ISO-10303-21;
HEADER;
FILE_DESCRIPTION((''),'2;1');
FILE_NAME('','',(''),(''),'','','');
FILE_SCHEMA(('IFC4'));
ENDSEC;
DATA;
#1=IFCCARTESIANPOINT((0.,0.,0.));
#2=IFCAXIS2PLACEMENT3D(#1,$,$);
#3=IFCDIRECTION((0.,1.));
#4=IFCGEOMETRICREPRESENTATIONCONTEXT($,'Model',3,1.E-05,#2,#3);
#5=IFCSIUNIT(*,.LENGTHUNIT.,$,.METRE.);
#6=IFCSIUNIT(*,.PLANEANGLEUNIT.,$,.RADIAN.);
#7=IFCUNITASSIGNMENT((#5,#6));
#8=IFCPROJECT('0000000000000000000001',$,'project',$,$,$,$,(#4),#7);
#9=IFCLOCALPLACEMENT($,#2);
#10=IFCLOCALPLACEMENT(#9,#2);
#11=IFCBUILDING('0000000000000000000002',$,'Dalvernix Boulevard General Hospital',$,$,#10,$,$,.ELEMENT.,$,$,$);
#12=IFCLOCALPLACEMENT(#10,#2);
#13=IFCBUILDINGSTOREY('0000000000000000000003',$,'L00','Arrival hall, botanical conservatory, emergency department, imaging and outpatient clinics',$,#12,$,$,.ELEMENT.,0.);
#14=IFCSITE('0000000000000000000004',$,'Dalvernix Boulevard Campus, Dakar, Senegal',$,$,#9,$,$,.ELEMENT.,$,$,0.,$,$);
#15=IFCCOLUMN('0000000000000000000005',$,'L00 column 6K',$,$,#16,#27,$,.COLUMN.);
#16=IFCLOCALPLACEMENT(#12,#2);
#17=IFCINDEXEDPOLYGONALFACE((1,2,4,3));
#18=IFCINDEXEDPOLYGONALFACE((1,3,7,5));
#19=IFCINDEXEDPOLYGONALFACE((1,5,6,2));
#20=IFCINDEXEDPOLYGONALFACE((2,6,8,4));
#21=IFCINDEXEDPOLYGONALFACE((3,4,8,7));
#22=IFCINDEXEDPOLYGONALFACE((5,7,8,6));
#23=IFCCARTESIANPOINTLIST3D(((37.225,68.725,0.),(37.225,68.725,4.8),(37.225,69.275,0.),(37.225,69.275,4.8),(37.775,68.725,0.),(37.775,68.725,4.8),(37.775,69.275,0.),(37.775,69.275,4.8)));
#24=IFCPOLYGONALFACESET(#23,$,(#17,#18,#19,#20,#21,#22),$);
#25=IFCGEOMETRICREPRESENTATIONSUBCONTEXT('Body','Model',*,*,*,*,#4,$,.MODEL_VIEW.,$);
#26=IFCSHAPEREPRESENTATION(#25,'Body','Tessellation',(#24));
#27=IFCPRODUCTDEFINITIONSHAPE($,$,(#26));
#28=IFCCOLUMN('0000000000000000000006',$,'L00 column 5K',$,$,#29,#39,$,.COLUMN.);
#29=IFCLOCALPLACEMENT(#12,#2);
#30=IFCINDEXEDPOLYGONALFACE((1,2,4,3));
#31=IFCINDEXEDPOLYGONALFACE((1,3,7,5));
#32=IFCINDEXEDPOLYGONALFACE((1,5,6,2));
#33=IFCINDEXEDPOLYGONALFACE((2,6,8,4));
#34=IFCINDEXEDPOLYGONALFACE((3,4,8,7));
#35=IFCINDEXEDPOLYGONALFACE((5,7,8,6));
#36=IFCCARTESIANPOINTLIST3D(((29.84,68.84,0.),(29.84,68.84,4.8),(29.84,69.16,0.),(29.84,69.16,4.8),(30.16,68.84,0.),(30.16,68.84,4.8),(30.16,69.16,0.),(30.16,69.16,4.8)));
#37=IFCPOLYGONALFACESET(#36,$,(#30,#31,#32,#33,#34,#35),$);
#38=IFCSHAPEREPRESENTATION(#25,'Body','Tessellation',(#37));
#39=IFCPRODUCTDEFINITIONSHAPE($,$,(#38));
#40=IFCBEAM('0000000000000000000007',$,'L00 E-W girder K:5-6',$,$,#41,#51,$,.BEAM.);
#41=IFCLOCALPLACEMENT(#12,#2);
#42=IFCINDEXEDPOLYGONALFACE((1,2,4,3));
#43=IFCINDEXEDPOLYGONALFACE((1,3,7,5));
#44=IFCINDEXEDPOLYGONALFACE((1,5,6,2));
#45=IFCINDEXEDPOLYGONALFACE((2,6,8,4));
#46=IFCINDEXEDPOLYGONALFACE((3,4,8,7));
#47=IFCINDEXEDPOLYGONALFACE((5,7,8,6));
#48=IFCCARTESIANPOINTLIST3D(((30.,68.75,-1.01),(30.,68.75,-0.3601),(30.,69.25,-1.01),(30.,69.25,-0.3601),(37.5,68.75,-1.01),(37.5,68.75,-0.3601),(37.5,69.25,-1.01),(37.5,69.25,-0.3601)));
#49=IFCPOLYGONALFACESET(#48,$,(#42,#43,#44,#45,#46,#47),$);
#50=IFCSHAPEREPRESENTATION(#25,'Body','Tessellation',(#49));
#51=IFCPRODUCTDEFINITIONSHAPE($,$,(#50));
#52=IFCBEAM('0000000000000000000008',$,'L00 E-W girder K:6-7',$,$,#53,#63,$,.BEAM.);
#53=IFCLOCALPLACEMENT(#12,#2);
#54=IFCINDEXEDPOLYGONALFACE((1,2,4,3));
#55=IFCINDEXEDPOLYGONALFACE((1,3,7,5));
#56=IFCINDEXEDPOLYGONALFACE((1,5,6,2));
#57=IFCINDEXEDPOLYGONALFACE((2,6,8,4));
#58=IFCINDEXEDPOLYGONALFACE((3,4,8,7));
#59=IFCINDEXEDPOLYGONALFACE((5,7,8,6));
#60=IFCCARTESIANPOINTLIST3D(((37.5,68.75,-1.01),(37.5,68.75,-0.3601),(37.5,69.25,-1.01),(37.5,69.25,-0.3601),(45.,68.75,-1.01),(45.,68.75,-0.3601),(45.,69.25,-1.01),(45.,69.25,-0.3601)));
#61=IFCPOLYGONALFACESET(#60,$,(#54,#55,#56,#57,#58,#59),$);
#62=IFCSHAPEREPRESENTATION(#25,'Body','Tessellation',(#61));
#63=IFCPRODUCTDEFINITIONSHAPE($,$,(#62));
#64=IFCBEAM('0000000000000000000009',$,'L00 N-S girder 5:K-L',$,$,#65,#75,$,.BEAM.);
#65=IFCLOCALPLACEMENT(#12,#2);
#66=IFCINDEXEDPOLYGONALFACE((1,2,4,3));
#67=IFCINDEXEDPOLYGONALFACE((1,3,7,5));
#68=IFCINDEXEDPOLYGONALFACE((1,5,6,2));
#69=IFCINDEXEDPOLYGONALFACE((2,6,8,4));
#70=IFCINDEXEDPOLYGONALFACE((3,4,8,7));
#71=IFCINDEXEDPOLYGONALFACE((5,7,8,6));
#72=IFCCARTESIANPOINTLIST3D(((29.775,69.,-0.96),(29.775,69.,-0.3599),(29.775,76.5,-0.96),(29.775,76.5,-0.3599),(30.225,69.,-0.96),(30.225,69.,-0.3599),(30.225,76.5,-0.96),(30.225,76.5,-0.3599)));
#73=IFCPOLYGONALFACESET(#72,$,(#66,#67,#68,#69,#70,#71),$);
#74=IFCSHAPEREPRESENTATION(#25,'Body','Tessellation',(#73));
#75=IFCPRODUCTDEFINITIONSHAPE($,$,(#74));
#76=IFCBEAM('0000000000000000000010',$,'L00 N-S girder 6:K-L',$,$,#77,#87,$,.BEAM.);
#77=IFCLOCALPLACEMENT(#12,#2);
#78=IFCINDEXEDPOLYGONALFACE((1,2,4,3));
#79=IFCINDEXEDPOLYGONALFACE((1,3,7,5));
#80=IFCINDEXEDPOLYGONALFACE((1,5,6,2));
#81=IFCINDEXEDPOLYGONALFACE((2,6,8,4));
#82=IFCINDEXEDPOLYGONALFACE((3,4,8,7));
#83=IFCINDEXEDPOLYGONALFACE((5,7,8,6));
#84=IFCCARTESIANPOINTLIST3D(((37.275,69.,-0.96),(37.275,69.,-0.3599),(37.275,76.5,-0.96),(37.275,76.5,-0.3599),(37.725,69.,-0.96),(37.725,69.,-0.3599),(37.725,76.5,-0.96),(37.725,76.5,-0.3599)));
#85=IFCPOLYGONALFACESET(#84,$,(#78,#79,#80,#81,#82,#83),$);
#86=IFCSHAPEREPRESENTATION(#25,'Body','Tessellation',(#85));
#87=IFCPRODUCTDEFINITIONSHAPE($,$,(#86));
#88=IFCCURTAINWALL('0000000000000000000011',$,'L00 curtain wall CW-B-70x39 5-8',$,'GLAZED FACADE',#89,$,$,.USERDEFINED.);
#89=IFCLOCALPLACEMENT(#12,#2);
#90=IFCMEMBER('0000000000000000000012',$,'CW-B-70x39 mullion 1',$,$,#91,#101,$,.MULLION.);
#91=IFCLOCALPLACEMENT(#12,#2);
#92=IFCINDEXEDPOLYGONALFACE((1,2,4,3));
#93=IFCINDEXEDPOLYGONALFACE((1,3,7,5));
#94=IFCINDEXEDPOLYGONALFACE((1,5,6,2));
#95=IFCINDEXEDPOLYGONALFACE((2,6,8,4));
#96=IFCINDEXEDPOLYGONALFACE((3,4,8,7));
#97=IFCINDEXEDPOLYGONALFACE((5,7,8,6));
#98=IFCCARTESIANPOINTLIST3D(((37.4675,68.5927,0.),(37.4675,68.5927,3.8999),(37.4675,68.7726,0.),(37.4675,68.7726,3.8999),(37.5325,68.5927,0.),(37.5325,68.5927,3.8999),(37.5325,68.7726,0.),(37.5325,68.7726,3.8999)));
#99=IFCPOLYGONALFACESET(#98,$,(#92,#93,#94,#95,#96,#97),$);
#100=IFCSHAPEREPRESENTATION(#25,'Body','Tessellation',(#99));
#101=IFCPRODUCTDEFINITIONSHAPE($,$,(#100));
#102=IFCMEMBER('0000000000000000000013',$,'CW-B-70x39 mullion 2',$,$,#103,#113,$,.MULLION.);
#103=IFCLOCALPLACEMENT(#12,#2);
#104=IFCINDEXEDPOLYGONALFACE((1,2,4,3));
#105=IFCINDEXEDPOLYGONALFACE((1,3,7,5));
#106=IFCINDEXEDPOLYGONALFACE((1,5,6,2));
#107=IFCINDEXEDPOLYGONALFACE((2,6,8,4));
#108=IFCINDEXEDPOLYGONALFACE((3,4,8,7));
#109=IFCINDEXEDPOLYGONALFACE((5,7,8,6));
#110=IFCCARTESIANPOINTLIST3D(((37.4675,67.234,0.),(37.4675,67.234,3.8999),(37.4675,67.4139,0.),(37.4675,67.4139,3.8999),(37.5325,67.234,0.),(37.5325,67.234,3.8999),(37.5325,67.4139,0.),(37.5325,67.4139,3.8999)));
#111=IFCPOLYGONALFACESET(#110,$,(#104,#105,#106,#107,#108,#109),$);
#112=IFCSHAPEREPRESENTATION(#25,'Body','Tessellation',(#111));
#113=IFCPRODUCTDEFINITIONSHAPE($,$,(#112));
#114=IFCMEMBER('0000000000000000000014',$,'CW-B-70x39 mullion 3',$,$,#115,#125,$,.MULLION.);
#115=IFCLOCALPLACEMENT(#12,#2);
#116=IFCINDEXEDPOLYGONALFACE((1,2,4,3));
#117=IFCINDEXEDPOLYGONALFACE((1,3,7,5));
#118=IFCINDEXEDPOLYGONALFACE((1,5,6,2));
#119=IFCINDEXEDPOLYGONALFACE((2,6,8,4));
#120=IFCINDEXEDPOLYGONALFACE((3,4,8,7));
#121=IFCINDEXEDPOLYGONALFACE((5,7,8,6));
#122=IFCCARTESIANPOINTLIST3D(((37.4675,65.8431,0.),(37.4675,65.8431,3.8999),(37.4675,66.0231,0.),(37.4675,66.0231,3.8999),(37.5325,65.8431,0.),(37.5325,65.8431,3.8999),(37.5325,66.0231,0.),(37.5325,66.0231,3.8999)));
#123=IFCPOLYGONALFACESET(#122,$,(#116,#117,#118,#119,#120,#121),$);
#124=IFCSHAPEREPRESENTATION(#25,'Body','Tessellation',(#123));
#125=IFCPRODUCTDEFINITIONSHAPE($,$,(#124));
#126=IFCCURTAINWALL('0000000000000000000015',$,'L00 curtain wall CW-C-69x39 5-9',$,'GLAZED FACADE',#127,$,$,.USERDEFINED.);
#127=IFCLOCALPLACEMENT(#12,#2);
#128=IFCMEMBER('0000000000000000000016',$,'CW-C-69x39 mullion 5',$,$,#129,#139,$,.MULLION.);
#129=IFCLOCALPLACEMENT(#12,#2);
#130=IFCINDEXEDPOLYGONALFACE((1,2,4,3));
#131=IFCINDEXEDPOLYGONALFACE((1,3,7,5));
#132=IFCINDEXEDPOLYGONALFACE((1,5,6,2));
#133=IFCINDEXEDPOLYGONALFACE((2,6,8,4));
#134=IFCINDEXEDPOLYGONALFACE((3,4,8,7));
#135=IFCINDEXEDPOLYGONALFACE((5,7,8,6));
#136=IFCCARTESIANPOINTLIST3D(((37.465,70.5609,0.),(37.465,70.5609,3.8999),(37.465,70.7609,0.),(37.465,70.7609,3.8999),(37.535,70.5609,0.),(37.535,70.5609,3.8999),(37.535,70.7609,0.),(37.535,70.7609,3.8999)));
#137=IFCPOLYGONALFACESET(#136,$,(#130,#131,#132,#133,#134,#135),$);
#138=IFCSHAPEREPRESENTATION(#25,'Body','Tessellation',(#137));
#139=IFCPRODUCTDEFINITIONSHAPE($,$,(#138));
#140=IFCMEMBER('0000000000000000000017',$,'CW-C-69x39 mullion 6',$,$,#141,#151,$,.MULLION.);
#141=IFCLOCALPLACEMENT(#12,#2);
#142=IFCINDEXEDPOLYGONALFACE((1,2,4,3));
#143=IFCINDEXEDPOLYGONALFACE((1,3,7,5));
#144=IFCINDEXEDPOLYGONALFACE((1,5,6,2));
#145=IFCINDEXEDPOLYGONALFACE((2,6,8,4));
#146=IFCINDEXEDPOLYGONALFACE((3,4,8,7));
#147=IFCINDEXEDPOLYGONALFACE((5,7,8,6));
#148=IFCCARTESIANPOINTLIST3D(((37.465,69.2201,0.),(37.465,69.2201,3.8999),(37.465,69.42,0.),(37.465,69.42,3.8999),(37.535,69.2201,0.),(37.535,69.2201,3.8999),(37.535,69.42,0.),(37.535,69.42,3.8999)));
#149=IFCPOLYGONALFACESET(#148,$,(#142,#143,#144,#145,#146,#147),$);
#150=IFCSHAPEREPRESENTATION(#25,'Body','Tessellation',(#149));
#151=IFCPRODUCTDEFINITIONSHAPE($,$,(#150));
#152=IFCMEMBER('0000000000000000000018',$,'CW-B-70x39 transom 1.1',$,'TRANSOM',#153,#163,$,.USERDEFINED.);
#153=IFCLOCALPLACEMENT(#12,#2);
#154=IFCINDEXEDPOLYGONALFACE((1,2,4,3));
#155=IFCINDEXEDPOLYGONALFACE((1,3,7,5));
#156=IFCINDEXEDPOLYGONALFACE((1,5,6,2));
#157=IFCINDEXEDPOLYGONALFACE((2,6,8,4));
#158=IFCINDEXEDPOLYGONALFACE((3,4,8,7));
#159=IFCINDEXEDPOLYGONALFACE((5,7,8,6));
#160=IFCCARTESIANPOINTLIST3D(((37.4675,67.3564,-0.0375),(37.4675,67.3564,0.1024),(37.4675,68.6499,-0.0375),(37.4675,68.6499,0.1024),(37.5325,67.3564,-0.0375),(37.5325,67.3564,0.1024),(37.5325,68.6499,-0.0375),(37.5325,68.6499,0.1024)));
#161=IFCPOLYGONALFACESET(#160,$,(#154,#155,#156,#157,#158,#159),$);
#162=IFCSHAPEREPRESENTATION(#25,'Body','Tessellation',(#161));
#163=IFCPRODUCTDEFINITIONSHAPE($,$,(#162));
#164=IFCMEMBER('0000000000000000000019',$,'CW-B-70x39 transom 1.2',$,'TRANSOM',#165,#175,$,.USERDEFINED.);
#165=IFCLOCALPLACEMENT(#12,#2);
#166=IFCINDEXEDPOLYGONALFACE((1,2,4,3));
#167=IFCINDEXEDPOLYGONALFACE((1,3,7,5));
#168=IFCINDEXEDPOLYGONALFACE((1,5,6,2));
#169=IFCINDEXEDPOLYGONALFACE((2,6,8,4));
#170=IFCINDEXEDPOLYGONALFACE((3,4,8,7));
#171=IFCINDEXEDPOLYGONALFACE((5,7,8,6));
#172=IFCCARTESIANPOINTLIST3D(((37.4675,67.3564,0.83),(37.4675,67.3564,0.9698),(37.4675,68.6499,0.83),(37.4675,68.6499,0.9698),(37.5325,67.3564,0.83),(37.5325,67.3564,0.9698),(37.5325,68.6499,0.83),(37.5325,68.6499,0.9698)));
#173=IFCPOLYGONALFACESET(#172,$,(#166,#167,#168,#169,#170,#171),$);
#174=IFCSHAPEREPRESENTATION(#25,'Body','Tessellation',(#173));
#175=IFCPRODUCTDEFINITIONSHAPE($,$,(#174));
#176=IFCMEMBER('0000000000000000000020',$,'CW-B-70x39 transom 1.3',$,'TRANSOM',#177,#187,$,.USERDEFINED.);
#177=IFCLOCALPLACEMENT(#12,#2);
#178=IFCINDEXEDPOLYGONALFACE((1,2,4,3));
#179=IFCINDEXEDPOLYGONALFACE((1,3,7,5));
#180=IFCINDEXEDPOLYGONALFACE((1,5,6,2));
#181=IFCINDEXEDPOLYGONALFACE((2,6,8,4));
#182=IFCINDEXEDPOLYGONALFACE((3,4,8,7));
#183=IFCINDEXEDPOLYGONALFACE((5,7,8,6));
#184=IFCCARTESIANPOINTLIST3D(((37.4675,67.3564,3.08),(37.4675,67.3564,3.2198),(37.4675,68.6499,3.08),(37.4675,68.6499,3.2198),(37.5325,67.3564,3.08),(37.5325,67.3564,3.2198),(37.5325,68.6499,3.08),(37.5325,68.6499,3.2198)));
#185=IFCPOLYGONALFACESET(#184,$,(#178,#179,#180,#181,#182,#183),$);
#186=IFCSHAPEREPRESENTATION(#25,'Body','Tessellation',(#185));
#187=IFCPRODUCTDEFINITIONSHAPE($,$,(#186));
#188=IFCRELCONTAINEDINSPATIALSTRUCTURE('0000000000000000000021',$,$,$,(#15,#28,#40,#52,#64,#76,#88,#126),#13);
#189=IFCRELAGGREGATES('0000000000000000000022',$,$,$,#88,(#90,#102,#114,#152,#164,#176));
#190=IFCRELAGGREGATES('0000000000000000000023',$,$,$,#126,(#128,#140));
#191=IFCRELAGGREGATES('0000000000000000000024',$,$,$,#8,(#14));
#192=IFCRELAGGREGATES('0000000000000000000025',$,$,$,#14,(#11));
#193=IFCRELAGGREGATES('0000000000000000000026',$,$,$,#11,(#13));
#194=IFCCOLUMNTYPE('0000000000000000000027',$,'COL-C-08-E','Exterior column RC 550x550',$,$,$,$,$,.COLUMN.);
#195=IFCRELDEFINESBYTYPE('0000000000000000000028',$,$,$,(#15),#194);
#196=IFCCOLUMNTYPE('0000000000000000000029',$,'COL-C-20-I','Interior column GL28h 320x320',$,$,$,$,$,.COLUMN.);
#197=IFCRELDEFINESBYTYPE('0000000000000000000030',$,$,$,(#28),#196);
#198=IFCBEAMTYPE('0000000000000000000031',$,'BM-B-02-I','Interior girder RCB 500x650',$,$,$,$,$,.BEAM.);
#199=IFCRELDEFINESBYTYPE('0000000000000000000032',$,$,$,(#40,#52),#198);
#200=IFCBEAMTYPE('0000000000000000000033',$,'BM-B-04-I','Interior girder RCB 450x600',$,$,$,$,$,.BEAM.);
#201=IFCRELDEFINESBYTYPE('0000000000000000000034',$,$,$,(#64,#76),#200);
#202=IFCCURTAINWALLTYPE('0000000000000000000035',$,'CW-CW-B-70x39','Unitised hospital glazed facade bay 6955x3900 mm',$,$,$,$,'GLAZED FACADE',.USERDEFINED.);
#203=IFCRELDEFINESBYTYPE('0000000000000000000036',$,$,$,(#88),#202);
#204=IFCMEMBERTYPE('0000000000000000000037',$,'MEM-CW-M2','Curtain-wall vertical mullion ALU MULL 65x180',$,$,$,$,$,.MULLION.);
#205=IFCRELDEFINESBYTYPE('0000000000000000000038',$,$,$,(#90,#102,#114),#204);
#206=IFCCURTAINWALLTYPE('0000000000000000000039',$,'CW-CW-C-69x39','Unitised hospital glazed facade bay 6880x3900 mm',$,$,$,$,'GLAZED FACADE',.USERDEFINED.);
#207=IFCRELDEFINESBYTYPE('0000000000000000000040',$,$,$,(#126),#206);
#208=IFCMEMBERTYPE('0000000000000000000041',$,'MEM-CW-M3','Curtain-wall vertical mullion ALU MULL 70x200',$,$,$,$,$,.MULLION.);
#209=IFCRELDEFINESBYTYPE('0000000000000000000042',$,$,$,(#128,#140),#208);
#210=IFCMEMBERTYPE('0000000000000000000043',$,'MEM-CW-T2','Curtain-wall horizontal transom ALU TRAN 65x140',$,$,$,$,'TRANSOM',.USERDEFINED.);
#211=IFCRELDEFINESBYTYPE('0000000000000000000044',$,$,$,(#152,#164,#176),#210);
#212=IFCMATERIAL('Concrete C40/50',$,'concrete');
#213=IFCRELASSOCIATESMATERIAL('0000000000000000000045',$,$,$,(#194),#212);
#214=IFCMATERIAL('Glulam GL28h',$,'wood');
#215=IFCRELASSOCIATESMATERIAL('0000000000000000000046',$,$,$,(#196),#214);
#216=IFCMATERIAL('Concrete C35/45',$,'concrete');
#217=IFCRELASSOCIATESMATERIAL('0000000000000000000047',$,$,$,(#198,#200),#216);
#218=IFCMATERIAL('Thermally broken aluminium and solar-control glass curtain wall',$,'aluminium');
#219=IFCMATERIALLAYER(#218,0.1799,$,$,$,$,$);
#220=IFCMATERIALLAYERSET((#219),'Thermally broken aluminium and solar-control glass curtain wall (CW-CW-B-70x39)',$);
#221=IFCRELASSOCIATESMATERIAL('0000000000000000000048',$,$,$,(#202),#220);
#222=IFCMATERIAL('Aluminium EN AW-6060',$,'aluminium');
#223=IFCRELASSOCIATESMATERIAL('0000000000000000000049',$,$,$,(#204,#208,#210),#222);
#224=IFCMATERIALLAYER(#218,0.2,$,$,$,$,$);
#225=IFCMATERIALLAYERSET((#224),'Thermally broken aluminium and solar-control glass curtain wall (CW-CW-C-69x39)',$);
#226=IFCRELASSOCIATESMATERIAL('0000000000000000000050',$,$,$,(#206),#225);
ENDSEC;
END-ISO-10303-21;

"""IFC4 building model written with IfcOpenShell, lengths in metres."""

from ifc_helpers import new_model, si_unit, direction, frame, origin, origin_2d, place, context, subcontext, project, spatial, rectangle, extrude, material, layer, layer_set, material_profile, profile_set, type_object, element, aggregate, save


model = new_model("IFC4")

# Units and contexts
model_context = context("Model", 3, precision=1e-05, world=origin(), true_north=direction((0.0, 1.0)))
body_context = subcontext(model_context, "Body", "Model", "MODEL_VIEW")
ifc_project = project(units=[si_unit("LENGTHUNIT", "METRE"), si_unit("PLANEANGLEUNIT", "RADIAN")], contexts=[model_context])

# Site, building, storey
site_placement = place(None, origin())
site = spatial("IfcSite", under=ifc_project, at=site_placement, Name="Dalvernix Boulevard Campus, Dakar, Senegal", CompositionType="ELEMENT", RefElevation=0.0)
building_placement = place(site_placement, origin())
building = spatial("IfcBuilding", under=site, at=building_placement, Name="Dalvernix Boulevard General Hospital", CompositionType="ELEMENT")
storey_placement = place(building_placement, origin())
storey = spatial("IfcBuildingStorey", under=building, at=storey_placement, Name="L00", Description="Arrival hall, botanical conservatory, emergency department, imaging and outpatient clinics", CompositionType="ELEMENT", Elevation=0.0)

# Columns
ifc_material_1 = material(Name="Concrete C40/50", Category="concrete")
ifc_material_profile_1 = material_profile(ifc_material_1, rectangle(XDim=0.55, YDim=0.55, at=origin_2d()), Name="RC 550x550")
ifc_profile_set_1 = profile_set([ifc_material_profile_1], Name="Concrete C40/50")
column_type_1 = type_object("IfcColumnType", Name="COL-C-08-E", Description="Exterior column RC 550x550", PredefinedType="COLUMN", material=ifc_profile_set_1)
column_1_placement = place(storey_placement, frame((37.5, 69.0, 0.0), z_axis=(0.0, 0.0, 1.0), x_axis=(1.0, 0.0, 0.0)))
element("IfcColumn", 1, at=column_1_placement, inside=storey, type_object=column_type_1, Name="L00 column 6K", PredefinedType="COLUMN", context=body_context, shape_type="SweptSolid", body=[
    extrude(rectangle(XDim=0.55, YDim=0.55, at=origin_2d()), origin(), (0.0, 0.0, 1.0), 4.8),
])
ifc_material_2 = material(Name="Glulam GL28h", Category="wood")
ifc_material_profile_2 = material_profile(ifc_material_2, rectangle(XDim=0.3201, YDim=0.3201, at=origin_2d()), Name="GL28h 320x320")
ifc_profile_set_2 = profile_set([ifc_material_profile_2], Name="Glulam GL28h")
column_type_2 = type_object("IfcColumnType", Name="COL-C-20-I", Description="Interior column GL28h 320x320", PredefinedType="COLUMN", material=ifc_profile_set_2)
column_2_placement = place(storey_placement, frame((30.0, 69.0, 0.0), z_axis=(0.0, 0.0, 1.0), x_axis=(1.0, 0.0, 0.0)))
element("IfcColumn", 2, at=column_2_placement, inside=storey, type_object=column_type_2, Name="L00 column 5K", PredefinedType="COLUMN", context=body_context, shape_type="SweptSolid", body=[
    extrude(rectangle(XDim=0.3201, YDim=0.3201, at=origin_2d()), origin(), (0.0, 0.0, 1.0), 4.8),
])

# Beams
ifc_material_3 = material(Name="Concrete C35/45", Category="concrete")
ifc_material_profile_3 = material_profile(ifc_material_3, rectangle(XDim=0.5, YDim=0.6499, at=origin_2d()), Name="RCB 500x650")
ifc_profile_set_3 = profile_set([ifc_material_profile_3], Name="Concrete C35/45")
beam_type_1 = type_object("IfcBeamType", Name="BM-B-02-I", Description="Interior girder RCB 500x650", PredefinedType="BEAM", material=ifc_profile_set_3)
for number, where, z_axis, x_axis, name in (
    (3, (30.0, 69.0, -0.6851), (1.0, 0.0, 0.0), (0.0, 1.0, 0.0), "L00 E-W girder K:5-6"),
    (4, (37.5, 69.0, -0.6851), (1.0, 0.0, 0.0), (0.0, 1.0, 0.0), "L00 E-W girder K:6-7"),
):
    element("IfcBeam", number, at=place(storey_placement, frame(where, z_axis=z_axis, x_axis=x_axis)), inside=storey, type_object=beam_type_1, Name=name, PredefinedType="BEAM", context=body_context, shape_type="SweptSolid", body=[
        extrude(rectangle(XDim=0.5, YDim=0.6499, at=origin_2d()), origin(), (0.0, 0.0, 1.0), 7.5),
    ])
ifc_material_profile_4 = material_profile(ifc_material_3, rectangle(XDim=0.45, YDim=0.6001, at=origin_2d()), Name="RCB 450x600")
ifc_profile_set_4 = profile_set([ifc_material_profile_4], Name="Concrete C35/45")
beam_type_2 = type_object("IfcBeamType", Name="BM-B-04-I", Description="Interior girder RCB 450x600", PredefinedType="BEAM", material=ifc_profile_set_4)
for number, where, z_axis, x_axis, name in (
    (5, (30.0, 69.0, -0.6599), (0.0, 1.0, 0.0), (-1.0, 0.0, 0.0), "L00 N-S girder 5:K-L"),
    (6, (37.5, 69.0, -0.6599), (0.0, 1.0, 0.0), (-1.0, 0.0, 0.0), "L00 N-S girder 6:K-L"),
):
    element("IfcBeam", number, at=place(storey_placement, frame(where, z_axis=z_axis, x_axis=x_axis)), inside=storey, type_object=beam_type_2, Name=name, PredefinedType="BEAM", context=body_context, shape_type="SweptSolid", body=[
        extrude(rectangle(XDim=0.45, YDim=0.6001, at=origin_2d()), origin(), (0.0, 0.0, 1.0), 7.5),
    ])

# Curtain walls, members
ifc_material_4 = material(Name="Thermally broken aluminium and solar-control glass curtain wall", Category="aluminium")
ifc_layer_1 = layer(ifc_material_4, 0.1799)
ifc_layer_set_1 = layer_set([ifc_layer_1], Name="Thermally broken aluminium and solar-control glass curtain wall (CW-CW-B-70x39)")
curtain_wall_type_1 = type_object("IfcCurtainWallType", Name="CW-CW-B-70x39", Description="Unitised hospital glazed facade bay 6955x3900 mm", ElementType="GLAZED FACADE", PredefinedType="USERDEFINED", material=ifc_layer_set_1)
curtain_wall_1_placement = place(storey_placement, origin())
curtain_wall_1 = element("IfcCurtainWall", 7, at=curtain_wall_1_placement, inside=storey, type_object=curtain_wall_type_1, Name="L00 curtain wall CW-B-70x39 5-8", ObjectType="GLAZED FACADE", PredefinedType="USERDEFINED")
ifc_material_5 = material(Name="Aluminium EN AW-6060", Category="aluminium")
ifc_material_profile_5 = material_profile(ifc_material_5, rectangle(XDim=0.0649, YDim=0.1799, at=origin_2d()), Name="ALU MULL 65x180")
ifc_profile_set_5 = profile_set([ifc_material_profile_5], Name="Aluminium EN AW-6060")
member_type_1 = type_object("IfcMemberType", Name="MEM-CW-M2", Description="Curtain-wall vertical mullion ALU MULL 65x180", PredefinedType="MULLION", material=ifc_profile_set_5)
member_1_placement = place(storey_placement, frame((37.5, 68.6826, 0.0), z_axis=(0.0, 0.0, 1.0), x_axis=(1.0, 0.0, 0.0)))
member_1 = element("IfcMember", 8, at=member_1_placement, type_object=member_type_1, Name="CW-B-70x39 mullion 1", PredefinedType="MULLION", context=body_context, shape_type="SweptSolid", body=[
    extrude(rectangle(XDim=0.0649, YDim=0.1799, at=origin_2d()), origin(), (0.0, 0.0, 1.0), 3.8999),
])
member_2_placement = place(storey_placement, frame((37.5, 67.324, 0.0), z_axis=(0.0, 0.0, 1.0), x_axis=(1.0, 0.0, 0.0)))
member_2 = element("IfcMember", 9, at=member_2_placement, type_object=member_type_1, Name="CW-B-70x39 mullion 2", PredefinedType="MULLION", context=body_context, shape_type="SweptSolid", body=[
    extrude(rectangle(XDim=0.0649, YDim=0.1799, at=origin_2d()), origin(), (0.0, 0.0, 1.0), 3.8999),
])
member_3_placement = place(storey_placement, frame((37.5, 65.9331, 0.0), z_axis=(0.0, 0.0, 1.0), x_axis=(1.0, 0.0, 0.0)))
member_3 = element("IfcMember", 10, at=member_3_placement, type_object=member_type_1, Name="CW-B-70x39 mullion 3", PredefinedType="MULLION", context=body_context, shape_type="SweptSolid", body=[
    extrude(rectangle(XDim=0.0649, YDim=0.1799, at=origin_2d()), origin(), (0.0, 0.0, 1.0), 3.8999),
])
ifc_layer_2 = layer(ifc_material_4, 0.2)
ifc_layer_set_2 = layer_set([ifc_layer_2], Name="Thermally broken aluminium and solar-control glass curtain wall (CW-CW-C-69x39)")
curtain_wall_type_2 = type_object("IfcCurtainWallType", Name="CW-CW-C-69x39", Description="Unitised hospital glazed facade bay 6880x3900 mm", ElementType="GLAZED FACADE", PredefinedType="USERDEFINED", material=ifc_layer_set_2)
curtain_wall_2_placement = place(storey_placement, origin())
curtain_wall_2 = element("IfcCurtainWall", 11, at=curtain_wall_2_placement, inside=storey, type_object=curtain_wall_type_2, Name="L00 curtain wall CW-C-69x39 5-9", ObjectType="GLAZED FACADE", PredefinedType="USERDEFINED")
ifc_material_profile_6 = material_profile(ifc_material_5, rectangle(XDim=0.0701, YDim=0.2, at=origin_2d()), Name="ALU MULL 70x200")
ifc_profile_set_6 = profile_set([ifc_material_profile_6], Name="Aluminium EN AW-6060")
member_type_2 = type_object("IfcMemberType", Name="MEM-CW-M3", Description="Curtain-wall vertical mullion ALU MULL 70x200", PredefinedType="MULLION", material=ifc_profile_set_6)
member_4_placement = place(storey_placement, frame((37.5, 70.6609, 0.0), z_axis=(0.0, 0.0, 1.0), x_axis=(1.0, 0.0, 0.0)))
member_4 = element("IfcMember", 12, at=member_4_placement, type_object=member_type_2, Name="CW-C-69x39 mullion 5", PredefinedType="MULLION", context=body_context, shape_type="SweptSolid", body=[
    extrude(rectangle(XDim=0.0701, YDim=0.2, at=origin_2d()), origin(), (0.0, 0.0, 1.0), 3.8999),
])
member_5_placement = place(storey_placement, frame((37.5, 69.3201, 0.0), z_axis=(0.0, 0.0, 1.0), x_axis=(1.0, 0.0, 0.0)))
member_5 = element("IfcMember", 13, at=member_5_placement, type_object=member_type_2, Name="CW-C-69x39 mullion 6", PredefinedType="MULLION", context=body_context, shape_type="SweptSolid", body=[
    extrude(rectangle(XDim=0.0701, YDim=0.2, at=origin_2d()), origin(), (0.0, 0.0, 1.0), 3.8999),
])

# Members
ifc_material_profile_7 = material_profile(ifc_material_5, rectangle(XDim=0.0649, YDim=0.1399, at=origin_2d()), Name="ALU TRAN 65x140")
ifc_profile_set_7 = profile_set([ifc_material_profile_7], Name="Aluminium EN AW-6060")
member_type_3 = type_object("IfcMemberType", Name="MEM-CW-T2", Description="Curtain-wall horizontal transom ALU TRAN 65x140", ElementType="TRANSOM", PredefinedType="USERDEFINED", material=ifc_profile_set_7)
member_6_placement = place(storey_placement, frame((37.5, 68.6499, 0.0325), z_axis=(0.0, -1.0, 0.0), x_axis=(1.0, 0.0, 0.0)))
member_6 = element("IfcMember", 14, at=member_6_placement, type_object=member_type_3, Name="CW-B-70x39 transom 1.1", ObjectType="TRANSOM", PredefinedType="USERDEFINED", context=body_context, shape_type="SweptSolid", body=[
    extrude(rectangle(XDim=0.0649, YDim=0.1399, at=origin_2d()), origin(), (0.0, 0.0, 1.0), 1.2935),
])
member_7_placement = place(storey_placement, frame((37.5, 68.6499, 0.8999), z_axis=(0.0, -1.0, 0.0), x_axis=(1.0, 0.0, 0.0)))
member_7 = element("IfcMember", 15, at=member_7_placement, type_object=member_type_3, Name="CW-B-70x39 transom 1.2", ObjectType="TRANSOM", PredefinedType="USERDEFINED", context=body_context, shape_type="SweptSolid", body=[
    extrude(rectangle(XDim=0.0649, YDim=0.1399, at=origin_2d()), origin(), (0.0, 0.0, 1.0), 1.2935),
])
member_8_placement = place(storey_placement, frame((37.5, 68.6499, 3.1499), z_axis=(0.0, -1.0, 0.0), x_axis=(1.0, 0.0, 0.0)))
member_8 = element("IfcMember", 16, at=member_8_placement, type_object=member_type_3, Name="CW-B-70x39 transom 1.3", ObjectType="TRANSOM", PredefinedType="USERDEFINED", context=body_context, shape_type="SweptSolid", body=[
    extrude(rectangle(XDim=0.0649, YDim=0.1399, at=origin_2d()), origin(), (0.0, 0.0, 1.0), 1.2935),
])

aggregate(curtain_wall_1, [member_1, member_2, member_3, member_6, member_7, member_8])
aggregate(curtain_wall_2, [member_4, member_5])

save(model, "model.ifc")
